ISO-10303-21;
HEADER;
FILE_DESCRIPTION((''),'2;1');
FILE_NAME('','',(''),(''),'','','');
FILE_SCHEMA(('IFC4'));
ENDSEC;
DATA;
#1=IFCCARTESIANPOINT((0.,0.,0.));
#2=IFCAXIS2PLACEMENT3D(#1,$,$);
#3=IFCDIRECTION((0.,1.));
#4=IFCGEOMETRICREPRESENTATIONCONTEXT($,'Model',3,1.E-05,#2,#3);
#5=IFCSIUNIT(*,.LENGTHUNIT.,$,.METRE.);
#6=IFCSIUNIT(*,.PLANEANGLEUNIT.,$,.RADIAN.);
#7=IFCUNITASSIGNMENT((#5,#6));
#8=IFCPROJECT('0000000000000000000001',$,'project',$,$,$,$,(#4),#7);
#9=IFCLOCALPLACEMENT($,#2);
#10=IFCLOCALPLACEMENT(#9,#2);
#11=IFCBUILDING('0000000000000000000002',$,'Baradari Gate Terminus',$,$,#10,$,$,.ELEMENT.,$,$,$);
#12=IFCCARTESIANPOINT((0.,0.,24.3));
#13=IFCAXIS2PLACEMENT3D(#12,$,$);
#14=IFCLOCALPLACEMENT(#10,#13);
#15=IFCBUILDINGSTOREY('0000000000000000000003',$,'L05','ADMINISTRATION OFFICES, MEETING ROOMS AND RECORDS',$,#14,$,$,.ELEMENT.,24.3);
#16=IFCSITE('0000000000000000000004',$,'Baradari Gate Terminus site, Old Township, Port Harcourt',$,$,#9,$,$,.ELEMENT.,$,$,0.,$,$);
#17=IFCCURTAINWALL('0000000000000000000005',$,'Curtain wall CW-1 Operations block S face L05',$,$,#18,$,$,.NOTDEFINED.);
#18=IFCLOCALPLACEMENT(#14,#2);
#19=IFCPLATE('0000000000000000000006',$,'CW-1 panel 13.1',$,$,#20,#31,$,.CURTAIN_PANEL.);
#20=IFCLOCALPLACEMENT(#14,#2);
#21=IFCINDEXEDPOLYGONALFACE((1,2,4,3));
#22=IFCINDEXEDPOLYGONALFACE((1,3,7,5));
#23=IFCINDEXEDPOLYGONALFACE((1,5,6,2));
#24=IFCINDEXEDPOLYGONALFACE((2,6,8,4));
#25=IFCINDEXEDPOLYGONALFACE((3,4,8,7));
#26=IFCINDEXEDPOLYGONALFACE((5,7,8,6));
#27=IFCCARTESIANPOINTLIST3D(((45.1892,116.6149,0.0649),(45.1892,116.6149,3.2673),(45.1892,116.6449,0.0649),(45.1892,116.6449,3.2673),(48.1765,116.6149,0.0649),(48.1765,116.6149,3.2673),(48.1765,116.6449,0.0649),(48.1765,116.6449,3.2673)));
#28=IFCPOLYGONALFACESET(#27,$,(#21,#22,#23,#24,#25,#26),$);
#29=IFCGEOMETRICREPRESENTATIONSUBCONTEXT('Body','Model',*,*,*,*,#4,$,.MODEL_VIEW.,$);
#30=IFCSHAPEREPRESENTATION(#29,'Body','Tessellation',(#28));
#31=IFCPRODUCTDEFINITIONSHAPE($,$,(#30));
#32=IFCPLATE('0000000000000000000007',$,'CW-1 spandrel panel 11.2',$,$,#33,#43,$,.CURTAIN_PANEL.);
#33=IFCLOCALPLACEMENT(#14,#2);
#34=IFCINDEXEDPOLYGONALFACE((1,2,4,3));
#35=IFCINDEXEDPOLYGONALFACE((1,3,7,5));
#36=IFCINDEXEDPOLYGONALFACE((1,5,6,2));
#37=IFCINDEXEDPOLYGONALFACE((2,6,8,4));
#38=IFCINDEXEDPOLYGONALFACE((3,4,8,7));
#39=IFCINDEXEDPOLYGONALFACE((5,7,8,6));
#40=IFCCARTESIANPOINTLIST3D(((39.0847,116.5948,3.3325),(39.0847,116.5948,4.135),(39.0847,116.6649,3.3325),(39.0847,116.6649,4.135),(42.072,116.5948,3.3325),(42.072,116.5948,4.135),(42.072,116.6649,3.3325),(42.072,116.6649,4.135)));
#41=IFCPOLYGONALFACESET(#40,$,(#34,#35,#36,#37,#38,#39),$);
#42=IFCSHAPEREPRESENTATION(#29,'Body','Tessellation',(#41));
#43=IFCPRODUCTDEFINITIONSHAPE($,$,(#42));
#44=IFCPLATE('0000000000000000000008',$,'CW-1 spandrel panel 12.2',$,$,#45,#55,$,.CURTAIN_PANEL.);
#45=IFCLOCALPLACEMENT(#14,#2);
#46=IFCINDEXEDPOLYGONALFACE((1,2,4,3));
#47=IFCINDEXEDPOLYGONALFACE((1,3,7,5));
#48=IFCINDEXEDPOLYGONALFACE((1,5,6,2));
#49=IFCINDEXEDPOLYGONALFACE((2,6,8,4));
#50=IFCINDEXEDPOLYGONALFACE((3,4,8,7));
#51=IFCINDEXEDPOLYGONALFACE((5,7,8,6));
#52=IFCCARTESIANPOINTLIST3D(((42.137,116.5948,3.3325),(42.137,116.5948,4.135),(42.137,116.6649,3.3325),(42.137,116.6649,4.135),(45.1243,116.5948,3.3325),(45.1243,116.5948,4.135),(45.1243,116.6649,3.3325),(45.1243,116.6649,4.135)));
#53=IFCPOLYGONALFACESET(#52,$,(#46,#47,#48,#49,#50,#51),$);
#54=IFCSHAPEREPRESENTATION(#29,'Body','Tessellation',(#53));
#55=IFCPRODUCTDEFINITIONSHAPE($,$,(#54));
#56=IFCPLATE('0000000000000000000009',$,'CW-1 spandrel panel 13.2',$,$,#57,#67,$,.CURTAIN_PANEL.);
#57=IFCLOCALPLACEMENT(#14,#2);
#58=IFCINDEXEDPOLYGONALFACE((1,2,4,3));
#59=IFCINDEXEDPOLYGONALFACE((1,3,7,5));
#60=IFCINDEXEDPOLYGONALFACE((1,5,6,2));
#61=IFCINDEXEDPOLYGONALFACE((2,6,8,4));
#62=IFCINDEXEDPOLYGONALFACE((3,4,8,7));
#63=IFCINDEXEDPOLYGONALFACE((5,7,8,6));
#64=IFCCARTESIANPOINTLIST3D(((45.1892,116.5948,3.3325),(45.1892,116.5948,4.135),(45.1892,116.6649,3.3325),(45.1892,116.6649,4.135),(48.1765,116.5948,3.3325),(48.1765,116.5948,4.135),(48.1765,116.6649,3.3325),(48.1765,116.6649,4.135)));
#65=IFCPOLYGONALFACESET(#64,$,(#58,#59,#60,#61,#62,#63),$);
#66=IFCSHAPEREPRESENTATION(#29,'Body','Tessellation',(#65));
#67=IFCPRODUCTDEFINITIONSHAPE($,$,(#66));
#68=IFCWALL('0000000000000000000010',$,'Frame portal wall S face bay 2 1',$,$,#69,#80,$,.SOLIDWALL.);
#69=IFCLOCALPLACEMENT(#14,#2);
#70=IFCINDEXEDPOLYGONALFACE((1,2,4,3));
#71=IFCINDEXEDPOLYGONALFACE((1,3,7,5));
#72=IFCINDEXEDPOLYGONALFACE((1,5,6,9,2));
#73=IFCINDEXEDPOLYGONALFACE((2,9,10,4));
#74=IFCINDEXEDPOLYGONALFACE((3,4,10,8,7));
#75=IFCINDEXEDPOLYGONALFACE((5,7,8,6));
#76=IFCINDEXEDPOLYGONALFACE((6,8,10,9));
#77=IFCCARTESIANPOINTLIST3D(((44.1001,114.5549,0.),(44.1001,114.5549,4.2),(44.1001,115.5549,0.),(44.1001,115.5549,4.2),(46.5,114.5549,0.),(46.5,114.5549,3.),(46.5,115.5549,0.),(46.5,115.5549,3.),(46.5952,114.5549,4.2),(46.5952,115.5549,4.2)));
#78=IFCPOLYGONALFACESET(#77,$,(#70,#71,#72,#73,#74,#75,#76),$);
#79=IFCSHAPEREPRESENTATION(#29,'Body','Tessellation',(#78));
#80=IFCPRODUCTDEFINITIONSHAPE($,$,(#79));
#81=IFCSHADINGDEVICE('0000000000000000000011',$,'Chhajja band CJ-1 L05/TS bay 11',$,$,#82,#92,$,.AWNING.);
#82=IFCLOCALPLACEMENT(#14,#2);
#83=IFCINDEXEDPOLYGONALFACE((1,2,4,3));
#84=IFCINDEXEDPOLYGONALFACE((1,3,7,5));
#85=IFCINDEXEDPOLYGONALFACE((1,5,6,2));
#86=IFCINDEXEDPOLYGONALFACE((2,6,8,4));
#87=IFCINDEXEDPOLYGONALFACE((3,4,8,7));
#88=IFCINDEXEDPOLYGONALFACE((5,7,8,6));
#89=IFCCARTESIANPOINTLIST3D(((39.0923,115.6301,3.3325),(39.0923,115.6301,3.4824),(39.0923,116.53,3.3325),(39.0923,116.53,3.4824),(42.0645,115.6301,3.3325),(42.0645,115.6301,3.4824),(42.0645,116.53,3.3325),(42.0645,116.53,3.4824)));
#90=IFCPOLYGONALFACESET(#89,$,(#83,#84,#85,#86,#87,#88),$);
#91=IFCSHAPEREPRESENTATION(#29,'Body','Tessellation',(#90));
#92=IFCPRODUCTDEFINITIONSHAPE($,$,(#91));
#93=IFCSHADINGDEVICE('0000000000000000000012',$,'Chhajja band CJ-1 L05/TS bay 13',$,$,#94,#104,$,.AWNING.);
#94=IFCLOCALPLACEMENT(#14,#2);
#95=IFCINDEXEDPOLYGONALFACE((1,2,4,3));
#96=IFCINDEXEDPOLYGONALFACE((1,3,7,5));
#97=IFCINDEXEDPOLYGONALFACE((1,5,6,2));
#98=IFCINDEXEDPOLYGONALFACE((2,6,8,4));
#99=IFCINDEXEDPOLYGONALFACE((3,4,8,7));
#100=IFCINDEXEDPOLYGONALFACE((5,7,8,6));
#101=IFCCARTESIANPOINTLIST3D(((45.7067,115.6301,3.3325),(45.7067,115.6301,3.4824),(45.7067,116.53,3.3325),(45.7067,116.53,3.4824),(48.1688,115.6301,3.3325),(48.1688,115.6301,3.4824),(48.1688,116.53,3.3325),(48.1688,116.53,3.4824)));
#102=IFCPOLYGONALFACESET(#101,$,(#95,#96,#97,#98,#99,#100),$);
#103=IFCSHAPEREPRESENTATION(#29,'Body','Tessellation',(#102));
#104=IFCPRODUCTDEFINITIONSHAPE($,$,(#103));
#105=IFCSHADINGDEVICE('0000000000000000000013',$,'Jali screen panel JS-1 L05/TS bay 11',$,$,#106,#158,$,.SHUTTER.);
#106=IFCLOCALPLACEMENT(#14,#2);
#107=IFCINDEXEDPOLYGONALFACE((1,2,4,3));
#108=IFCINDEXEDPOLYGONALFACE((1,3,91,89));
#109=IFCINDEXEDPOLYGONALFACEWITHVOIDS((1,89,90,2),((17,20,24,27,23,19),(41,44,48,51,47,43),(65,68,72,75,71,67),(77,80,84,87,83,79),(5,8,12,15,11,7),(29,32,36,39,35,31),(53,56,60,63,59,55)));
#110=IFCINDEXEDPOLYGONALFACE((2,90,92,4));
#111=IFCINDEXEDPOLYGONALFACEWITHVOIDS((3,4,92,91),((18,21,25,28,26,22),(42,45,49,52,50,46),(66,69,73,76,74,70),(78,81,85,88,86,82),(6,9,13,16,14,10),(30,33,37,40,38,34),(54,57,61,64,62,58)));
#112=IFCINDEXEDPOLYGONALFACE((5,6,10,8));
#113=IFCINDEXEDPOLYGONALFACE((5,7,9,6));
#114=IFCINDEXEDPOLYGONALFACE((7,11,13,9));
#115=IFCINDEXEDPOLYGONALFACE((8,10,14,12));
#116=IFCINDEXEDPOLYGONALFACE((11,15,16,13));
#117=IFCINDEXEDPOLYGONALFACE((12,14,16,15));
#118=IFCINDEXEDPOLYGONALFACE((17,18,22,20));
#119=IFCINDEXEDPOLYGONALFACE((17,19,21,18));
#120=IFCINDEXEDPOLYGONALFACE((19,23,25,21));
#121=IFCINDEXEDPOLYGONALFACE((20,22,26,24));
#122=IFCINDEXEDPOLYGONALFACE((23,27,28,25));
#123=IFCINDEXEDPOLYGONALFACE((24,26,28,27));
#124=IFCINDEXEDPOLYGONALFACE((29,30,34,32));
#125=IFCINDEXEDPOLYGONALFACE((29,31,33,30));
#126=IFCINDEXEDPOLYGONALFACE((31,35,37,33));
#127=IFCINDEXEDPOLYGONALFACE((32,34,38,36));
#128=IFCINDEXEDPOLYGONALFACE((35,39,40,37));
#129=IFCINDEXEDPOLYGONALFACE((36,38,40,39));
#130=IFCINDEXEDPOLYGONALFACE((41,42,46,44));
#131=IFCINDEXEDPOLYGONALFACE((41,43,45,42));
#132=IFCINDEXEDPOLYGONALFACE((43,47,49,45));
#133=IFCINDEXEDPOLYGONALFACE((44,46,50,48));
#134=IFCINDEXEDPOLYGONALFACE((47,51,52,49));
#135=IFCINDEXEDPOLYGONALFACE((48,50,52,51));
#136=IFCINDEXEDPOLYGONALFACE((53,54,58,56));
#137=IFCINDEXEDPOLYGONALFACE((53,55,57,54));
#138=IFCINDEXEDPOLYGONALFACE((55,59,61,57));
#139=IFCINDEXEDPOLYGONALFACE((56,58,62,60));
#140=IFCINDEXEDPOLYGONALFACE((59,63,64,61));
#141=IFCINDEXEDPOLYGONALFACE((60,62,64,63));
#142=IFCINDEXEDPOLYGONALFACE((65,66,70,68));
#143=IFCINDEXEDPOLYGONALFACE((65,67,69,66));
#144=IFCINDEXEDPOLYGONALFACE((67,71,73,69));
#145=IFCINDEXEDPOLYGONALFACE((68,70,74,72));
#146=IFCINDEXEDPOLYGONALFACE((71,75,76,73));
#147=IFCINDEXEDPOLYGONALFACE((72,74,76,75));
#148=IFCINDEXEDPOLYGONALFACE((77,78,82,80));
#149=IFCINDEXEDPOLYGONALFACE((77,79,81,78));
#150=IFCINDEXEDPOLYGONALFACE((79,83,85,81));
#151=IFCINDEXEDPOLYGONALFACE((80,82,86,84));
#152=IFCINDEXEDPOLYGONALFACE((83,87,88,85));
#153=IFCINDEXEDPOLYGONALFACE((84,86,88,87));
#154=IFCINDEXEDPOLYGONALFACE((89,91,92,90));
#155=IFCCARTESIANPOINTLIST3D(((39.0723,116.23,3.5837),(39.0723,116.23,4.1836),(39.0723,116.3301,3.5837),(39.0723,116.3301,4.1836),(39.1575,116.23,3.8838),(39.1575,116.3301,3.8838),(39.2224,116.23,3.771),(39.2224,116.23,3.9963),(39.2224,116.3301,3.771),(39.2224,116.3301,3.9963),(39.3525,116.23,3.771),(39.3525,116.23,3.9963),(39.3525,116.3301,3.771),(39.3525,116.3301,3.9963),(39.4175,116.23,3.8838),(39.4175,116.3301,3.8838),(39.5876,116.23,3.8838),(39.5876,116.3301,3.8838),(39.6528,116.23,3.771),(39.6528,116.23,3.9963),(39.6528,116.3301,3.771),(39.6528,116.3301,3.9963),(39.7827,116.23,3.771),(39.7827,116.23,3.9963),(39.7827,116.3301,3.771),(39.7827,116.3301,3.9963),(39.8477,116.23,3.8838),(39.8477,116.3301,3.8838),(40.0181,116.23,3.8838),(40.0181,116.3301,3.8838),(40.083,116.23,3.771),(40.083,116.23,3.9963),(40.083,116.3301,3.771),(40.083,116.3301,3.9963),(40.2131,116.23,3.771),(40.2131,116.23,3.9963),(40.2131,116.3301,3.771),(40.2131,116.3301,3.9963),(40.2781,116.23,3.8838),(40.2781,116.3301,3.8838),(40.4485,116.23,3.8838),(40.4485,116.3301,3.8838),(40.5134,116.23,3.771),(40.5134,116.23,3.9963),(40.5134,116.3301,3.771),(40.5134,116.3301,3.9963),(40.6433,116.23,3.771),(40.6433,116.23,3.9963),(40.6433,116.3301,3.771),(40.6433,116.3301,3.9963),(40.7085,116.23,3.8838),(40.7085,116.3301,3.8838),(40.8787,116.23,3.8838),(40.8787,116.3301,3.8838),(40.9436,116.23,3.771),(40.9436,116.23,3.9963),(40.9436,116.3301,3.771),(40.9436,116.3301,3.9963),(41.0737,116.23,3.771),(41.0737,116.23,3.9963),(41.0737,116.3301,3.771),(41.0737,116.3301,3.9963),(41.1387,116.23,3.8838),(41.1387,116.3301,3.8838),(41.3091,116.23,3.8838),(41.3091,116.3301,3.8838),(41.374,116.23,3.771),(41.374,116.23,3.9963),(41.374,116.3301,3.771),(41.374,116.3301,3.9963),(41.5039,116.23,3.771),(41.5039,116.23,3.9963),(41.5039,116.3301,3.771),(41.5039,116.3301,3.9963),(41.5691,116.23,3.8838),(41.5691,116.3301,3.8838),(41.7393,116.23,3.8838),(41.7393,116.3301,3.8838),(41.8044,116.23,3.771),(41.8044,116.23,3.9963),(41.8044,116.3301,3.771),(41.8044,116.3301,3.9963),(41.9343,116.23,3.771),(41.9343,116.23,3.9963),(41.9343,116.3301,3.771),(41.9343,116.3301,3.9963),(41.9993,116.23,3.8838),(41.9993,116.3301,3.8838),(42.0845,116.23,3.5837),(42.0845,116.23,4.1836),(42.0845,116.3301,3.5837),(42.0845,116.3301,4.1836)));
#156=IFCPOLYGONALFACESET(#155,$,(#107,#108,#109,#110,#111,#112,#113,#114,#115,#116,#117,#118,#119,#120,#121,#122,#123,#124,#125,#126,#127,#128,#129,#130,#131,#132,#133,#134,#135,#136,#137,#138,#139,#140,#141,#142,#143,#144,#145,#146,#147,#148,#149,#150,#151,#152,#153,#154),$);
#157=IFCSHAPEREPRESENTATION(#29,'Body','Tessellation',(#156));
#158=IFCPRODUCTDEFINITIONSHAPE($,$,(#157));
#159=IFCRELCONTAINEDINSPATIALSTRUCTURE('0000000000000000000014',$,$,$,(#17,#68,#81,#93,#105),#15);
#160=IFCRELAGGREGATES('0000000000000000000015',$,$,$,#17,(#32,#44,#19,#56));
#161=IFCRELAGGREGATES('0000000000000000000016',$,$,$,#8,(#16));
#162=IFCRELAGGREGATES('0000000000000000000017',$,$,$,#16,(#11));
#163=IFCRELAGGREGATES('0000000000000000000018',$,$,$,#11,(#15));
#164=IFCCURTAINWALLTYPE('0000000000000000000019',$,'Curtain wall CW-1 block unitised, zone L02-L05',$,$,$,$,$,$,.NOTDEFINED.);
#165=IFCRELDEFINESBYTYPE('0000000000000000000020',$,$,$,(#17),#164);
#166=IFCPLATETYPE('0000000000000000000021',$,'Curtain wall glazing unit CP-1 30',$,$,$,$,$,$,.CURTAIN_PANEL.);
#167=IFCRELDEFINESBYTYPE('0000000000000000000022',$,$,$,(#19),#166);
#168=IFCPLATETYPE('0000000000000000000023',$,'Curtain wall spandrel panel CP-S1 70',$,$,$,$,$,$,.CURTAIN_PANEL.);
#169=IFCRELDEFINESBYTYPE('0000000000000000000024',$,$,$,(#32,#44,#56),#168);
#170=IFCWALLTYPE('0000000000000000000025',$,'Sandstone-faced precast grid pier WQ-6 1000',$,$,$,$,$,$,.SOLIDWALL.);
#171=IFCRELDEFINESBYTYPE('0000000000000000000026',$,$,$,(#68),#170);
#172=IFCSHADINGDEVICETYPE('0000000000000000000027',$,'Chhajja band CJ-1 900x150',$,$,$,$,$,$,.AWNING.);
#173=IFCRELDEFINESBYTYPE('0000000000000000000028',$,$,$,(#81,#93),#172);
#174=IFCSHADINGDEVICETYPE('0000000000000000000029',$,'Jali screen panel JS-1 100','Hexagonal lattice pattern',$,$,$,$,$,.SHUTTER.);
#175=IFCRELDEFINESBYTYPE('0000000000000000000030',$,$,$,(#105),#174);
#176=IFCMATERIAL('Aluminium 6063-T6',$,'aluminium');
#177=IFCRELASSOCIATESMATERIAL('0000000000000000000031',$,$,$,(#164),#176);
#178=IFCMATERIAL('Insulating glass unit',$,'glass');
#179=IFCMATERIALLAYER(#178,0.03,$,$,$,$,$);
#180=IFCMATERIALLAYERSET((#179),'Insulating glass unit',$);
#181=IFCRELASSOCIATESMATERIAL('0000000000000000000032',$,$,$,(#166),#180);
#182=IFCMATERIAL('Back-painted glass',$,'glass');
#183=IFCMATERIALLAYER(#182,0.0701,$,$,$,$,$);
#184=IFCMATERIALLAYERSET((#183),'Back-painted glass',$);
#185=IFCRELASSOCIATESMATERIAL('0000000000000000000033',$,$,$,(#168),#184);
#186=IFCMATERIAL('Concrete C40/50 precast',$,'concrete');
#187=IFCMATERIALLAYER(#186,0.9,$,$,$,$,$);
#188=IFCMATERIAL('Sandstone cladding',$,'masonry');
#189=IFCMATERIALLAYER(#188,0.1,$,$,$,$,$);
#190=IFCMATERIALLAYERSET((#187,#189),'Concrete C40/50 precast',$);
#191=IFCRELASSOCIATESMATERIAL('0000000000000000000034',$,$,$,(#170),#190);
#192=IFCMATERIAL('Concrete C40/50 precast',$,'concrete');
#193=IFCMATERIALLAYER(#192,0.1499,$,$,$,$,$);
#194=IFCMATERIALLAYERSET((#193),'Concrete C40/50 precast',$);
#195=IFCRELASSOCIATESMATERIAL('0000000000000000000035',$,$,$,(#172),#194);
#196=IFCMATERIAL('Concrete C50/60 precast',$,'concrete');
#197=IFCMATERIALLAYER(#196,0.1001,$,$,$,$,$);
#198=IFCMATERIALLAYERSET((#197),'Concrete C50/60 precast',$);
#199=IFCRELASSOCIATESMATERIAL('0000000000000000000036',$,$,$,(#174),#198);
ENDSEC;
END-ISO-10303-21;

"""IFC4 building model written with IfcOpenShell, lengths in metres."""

from ifc_helpers import new_model, si_unit, direction, frame, origin, origin_2d, place, context, subcontext, project, spatial, polyline, rectangle, outline, extrude, material, layer, layer_set, type_object, element, aggregate, save


model = new_model("IFC4")

# Units and contexts
model_context = context("Model", 3, precision=1e-05, world=origin(), true_north=direction((0.0, 1.0)))
body_context = subcontext(model_context, "Body", "Model", "MODEL_VIEW")
ifc_project = project(units=[si_unit("LENGTHUNIT", "METRE"), si_unit("PLANEANGLEUNIT", "RADIAN")], contexts=[model_context])

# Site, building, storey
site_placement = place(None, origin())
site = spatial("IfcSite", under=ifc_project, at=site_placement, Name="Baradari Gate Terminus site, Old Township, Port Harcourt", CompositionType="ELEMENT", RefElevation=0.0)
building_placement = place(site_placement, origin())
building = spatial("IfcBuilding", under=site, at=building_placement, Name="Baradari Gate Terminus", CompositionType="ELEMENT")
storey_placement = place(building_placement, frame((0.0, 0.0, 24.3)))
storey = spatial("IfcBuildingStorey", under=building, at=storey_placement, Name="L05", Description="ADMINISTRATION OFFICES, MEETING ROOMS AND RECORDS", CompositionType="ELEMENT", Elevation=24.3)

# Curtain wall, plates
ifc_material_1 = material(Name="Aluminium 6063-T6", Category="aluminium")
curtain_wall_type = type_object("IfcCurtainWallType", Name="Curtain wall CW-1 block unitised, zone L02-L05", PredefinedType="NOTDEFINED", material=ifc_material_1)
curtain_wall_placement = place(storey_placement, origin())
curtain_wall = element("IfcCurtainWall", 1, at=curtain_wall_placement, inside=storey, type_object=curtain_wall_type, Name="Curtain wall CW-1 Operations block S face L05", PredefinedType="NOTDEFINED")
ifc_material_2 = material(Name="Insulating glass unit", Category="glass")
ifc_layer_1 = layer(ifc_material_2, 0.03)
ifc_layer_set_1 = layer_set([ifc_layer_1], Name="Insulating glass unit")
plate_type_1 = type_object("IfcPlateType", Name="Curtain wall glazing unit CP-1 30", PredefinedType="CURTAIN_PANEL", material=ifc_layer_set_1)
plate_1_placement = place(storey_placement, frame((46.6829, 116.6299, 0.0649), z_axis=(0.0, 0.0, 1.0), x_axis=(1.0, 0.0, 0.0)))
plate_1 = element("IfcPlate", 2, at=plate_1_placement, type_object=plate_type_1, Name="CW-1 panel 13.1", PredefinedType="CURTAIN_PANEL", context=body_context, shape_type="SweptSolid", body=[
    extrude(rectangle(XDim=2.9873, YDim=0.03, at=origin_2d()), origin(), (0.0, 0.0, 1.0), 3.2024),
])
ifc_material_3 = material(Name="Back-painted glass", Category="glass")
ifc_layer_2 = layer(ifc_material_3, 0.0701)
ifc_layer_set_2 = layer_set([ifc_layer_2], Name="Back-painted glass")
plate_type_2 = type_object("IfcPlateType", Name="Curtain wall spandrel panel CP-S1 70", PredefinedType="CURTAIN_PANEL", material=ifc_layer_set_2)
plate_2_placement = place(storey_placement, frame((40.5784, 116.6299, 3.3325), z_axis=(0.0, 0.0, 1.0), x_axis=(1.0, 0.0, 0.0)))
plate_2 = element("IfcPlate", 3, at=plate_2_placement, type_object=plate_type_2, Name="CW-1 spandrel panel 11.2", PredefinedType="CURTAIN_PANEL", context=body_context, shape_type="SweptSolid", body=[
    extrude(rectangle(XDim=2.9873, YDim=0.0701, at=origin_2d()), origin(), (0.0, 0.0, 1.0), 0.8025),
])
plate_3_placement = place(storey_placement, frame((43.6306, 116.6299, 3.3325), z_axis=(0.0, 0.0, 1.0), x_axis=(1.0, 0.0, 0.0)))
plate_3 = element("IfcPlate", 4, at=plate_3_placement, type_object=plate_type_2, Name="CW-1 spandrel panel 12.2", PredefinedType="CURTAIN_PANEL", context=body_context, shape_type="SweptSolid", body=[
    extrude(rectangle(XDim=2.9873, YDim=0.0701, at=origin_2d()), origin(), (0.0, 0.0, 1.0), 0.8025),
])
plate_4_placement = place(storey_placement, frame((46.6829, 116.6299, 3.3325), z_axis=(0.0, 0.0, 1.0), x_axis=(1.0, 0.0, 0.0)))
plate_4 = element("IfcPlate", 5, at=plate_4_placement, type_object=plate_type_2, Name="CW-1 spandrel panel 13.2", PredefinedType="CURTAIN_PANEL", context=body_context, shape_type="SweptSolid", body=[
    extrude(rectangle(XDim=2.9873, YDim=0.0701, at=origin_2d()), origin(), (0.0, 0.0, 1.0), 0.8025),
])
aggregate(curtain_wall, [plate_2, plate_3, plate_1, plate_4])

# Wall
ifc_material_4 = material(Name="Concrete C40/50 precast", Category="concrete")
ifc_layer_3 = layer(ifc_material_4, 0.9)
ifc_material_5 = material(Name="Sandstone cladding", Category="masonry")
ifc_layer_4 = layer(ifc_material_5, 0.1)
ifc_layer_set_3 = layer_set([ifc_layer_3, ifc_layer_4], Name="Concrete C40/50 precast")
wall_type = type_object("IfcWallType", Name="Sandstone-faced precast grid pier WQ-6 1000", PredefinedType="SOLIDWALL", material=ifc_layer_set_3)
wall_placement = place(storey_placement, frame((44.1001, 115.0549, 0.0), z_axis=(0.0, 0.0, 1.0), x_axis=(1.0, 0.0, 0.0)))
element("IfcWall", 6, at=wall_placement, inside=storey, type_object=wall_type, Name="Frame portal wall S face bay 2 1", PredefinedType="SOLIDWALL", context=body_context, shape_type="SweptSolid", body=[
    extrude(outline(polyline([(2.3999, 0.0), (2.3999, 3.0), (2.4951, 4.2), (0.0, 4.2), (0.0, 0.0), (2.3999, 0.0)])), frame((0.0, 0.5, 0.0), z_axis=(0.0, -1.0, 0.0), x_axis=(1.0, 0.0, 0.0)), (0.0, 0.0, 1.0), 1.0),
])

# Shading devices
ifc_material_6 = material(Name="Concrete C40/50 precast", Category="concrete")
ifc_layer_5 = layer(ifc_material_6, 0.1499)
ifc_layer_set_4 = layer_set([ifc_layer_5], Name="Concrete C40/50 precast")
shading_device_type_1 = type_object("IfcShadingDeviceType", Name="Chhajja band CJ-1 900x150", PredefinedType="AWNING", material=ifc_layer_set_4)
shading_device_1_placement = place(storey_placement, frame((40.5784, 116.0801, 3.3325), z_axis=(0.0, 0.0, 1.0), x_axis=(1.0, 0.0, 0.0)))
element("IfcShadingDevice", 7, at=shading_device_1_placement, inside=storey, type_object=shading_device_type_1, Name="Chhajja band CJ-1 L05/TS bay 11", PredefinedType="AWNING", context=body_context, shape_type="SweptSolid", body=[
    extrude(rectangle(XDim=2.9722, YDim=0.8999, at=origin_2d()), origin(), (0.0, 0.0, 1.0), 0.1499),
])
shading_device_2_placement = place(storey_placement, frame((46.9377, 116.0801, 3.3325), z_axis=(0.0, 0.0, 1.0), x_axis=(1.0, 0.0, 0.0)))
element("IfcShadingDevice", 8, at=shading_device_2_placement, inside=storey, type_object=shading_device_type_1, Name="Chhajja band CJ-1 L05/TS bay 13", PredefinedType="AWNING", context=body_context, shape_type="SweptSolid", body=[
    extrude(rectangle(XDim=2.4622, YDim=0.8999, at=origin_2d()), origin(), (0.0, 0.0, 1.0), 0.1499),
])
ifc_material_7 = material(Name="Concrete C50/60 precast", Category="concrete")
ifc_layer_6 = layer(ifc_material_7, 0.1001)
ifc_layer_set_5 = layer_set([ifc_layer_6], Name="Concrete C50/60 precast")
shading_device_type_2 = type_object("IfcShadingDeviceType", Name="Jali screen panel JS-1 100", Description="Hexagonal lattice pattern", PredefinedType="SHUTTER", material=ifc_layer_set_5)
shading_device_3_placement = place(storey_placement, frame((39.0723, 116.28, 3.5837), z_axis=(0.0, 0.0, 1.0), x_axis=(1.0, 0.0, 0.0)))
element("IfcShadingDevice", 9, at=shading_device_3_placement, inside=storey, type_object=shading_device_type_2, Name="Jali screen panel JS-1 L05/TS bay 11", PredefinedType="SHUTTER", context=body_context, shape_type="SweptSolid", body=[
    extrude(outline(polyline([(0.0, 0.0), (3.0122, 0.0), (3.0122, 0.5999), (0.0, 0.5999), (0.0, 0.0)]), holes=[polyline([(0.3452, 0.3), (0.2803, 0.1873), (0.1501, 0.1873), (0.0852, 0.3), (0.1501, 0.4126), (0.2803, 0.4126), (0.3452, 0.3)]), polyline([(0.7754, 0.3), (0.7104, 0.1873), (0.5806, 0.1873), (0.5154, 0.3), (0.5806, 0.4126), (0.7104, 0.4126), (0.7754, 0.3)]), polyline([(1.2058, 0.3), (1.1409, 0.1873), (1.0107, 0.1873), (0.9458, 0.3), (1.0107, 0.4126), (1.1409, 0.4126), (1.2058, 0.3)]), polyline([(1.6362, 0.3), (1.571, 0.1873), (1.4412, 0.1873), (1.3762, 0.3), (1.4412, 0.4126), (1.571, 0.4126), (1.6362, 0.3)]), polyline([(2.0664, 0.3), (2.0015, 0.1873), (1.8713, 0.1873), (1.8064, 0.3), (1.8713, 0.4126), (2.0015, 0.4126), (2.0664, 0.3)]), polyline([(2.4968, 0.3), (2.4316, 0.1873), (2.3018, 0.1873), (2.2368, 0.3), (2.3018, 0.4126), (2.4316, 0.4126), (2.4968, 0.3)]), polyline([(2.927, 0.3), (2.8621, 0.1873), (2.7322, 0.1873), (2.667, 0.3), (2.7322, 0.4126), (2.8621, 0.4126), (2.927, 0.3)])]), frame((0.0, 0.05, 0.0), z_axis=(0.0, -1.0, 0.0), x_axis=(1.0, 0.0, 0.0)), (0.0, 0.0, 1.0), 0.1001),
])

save(model, "model.ifc")
